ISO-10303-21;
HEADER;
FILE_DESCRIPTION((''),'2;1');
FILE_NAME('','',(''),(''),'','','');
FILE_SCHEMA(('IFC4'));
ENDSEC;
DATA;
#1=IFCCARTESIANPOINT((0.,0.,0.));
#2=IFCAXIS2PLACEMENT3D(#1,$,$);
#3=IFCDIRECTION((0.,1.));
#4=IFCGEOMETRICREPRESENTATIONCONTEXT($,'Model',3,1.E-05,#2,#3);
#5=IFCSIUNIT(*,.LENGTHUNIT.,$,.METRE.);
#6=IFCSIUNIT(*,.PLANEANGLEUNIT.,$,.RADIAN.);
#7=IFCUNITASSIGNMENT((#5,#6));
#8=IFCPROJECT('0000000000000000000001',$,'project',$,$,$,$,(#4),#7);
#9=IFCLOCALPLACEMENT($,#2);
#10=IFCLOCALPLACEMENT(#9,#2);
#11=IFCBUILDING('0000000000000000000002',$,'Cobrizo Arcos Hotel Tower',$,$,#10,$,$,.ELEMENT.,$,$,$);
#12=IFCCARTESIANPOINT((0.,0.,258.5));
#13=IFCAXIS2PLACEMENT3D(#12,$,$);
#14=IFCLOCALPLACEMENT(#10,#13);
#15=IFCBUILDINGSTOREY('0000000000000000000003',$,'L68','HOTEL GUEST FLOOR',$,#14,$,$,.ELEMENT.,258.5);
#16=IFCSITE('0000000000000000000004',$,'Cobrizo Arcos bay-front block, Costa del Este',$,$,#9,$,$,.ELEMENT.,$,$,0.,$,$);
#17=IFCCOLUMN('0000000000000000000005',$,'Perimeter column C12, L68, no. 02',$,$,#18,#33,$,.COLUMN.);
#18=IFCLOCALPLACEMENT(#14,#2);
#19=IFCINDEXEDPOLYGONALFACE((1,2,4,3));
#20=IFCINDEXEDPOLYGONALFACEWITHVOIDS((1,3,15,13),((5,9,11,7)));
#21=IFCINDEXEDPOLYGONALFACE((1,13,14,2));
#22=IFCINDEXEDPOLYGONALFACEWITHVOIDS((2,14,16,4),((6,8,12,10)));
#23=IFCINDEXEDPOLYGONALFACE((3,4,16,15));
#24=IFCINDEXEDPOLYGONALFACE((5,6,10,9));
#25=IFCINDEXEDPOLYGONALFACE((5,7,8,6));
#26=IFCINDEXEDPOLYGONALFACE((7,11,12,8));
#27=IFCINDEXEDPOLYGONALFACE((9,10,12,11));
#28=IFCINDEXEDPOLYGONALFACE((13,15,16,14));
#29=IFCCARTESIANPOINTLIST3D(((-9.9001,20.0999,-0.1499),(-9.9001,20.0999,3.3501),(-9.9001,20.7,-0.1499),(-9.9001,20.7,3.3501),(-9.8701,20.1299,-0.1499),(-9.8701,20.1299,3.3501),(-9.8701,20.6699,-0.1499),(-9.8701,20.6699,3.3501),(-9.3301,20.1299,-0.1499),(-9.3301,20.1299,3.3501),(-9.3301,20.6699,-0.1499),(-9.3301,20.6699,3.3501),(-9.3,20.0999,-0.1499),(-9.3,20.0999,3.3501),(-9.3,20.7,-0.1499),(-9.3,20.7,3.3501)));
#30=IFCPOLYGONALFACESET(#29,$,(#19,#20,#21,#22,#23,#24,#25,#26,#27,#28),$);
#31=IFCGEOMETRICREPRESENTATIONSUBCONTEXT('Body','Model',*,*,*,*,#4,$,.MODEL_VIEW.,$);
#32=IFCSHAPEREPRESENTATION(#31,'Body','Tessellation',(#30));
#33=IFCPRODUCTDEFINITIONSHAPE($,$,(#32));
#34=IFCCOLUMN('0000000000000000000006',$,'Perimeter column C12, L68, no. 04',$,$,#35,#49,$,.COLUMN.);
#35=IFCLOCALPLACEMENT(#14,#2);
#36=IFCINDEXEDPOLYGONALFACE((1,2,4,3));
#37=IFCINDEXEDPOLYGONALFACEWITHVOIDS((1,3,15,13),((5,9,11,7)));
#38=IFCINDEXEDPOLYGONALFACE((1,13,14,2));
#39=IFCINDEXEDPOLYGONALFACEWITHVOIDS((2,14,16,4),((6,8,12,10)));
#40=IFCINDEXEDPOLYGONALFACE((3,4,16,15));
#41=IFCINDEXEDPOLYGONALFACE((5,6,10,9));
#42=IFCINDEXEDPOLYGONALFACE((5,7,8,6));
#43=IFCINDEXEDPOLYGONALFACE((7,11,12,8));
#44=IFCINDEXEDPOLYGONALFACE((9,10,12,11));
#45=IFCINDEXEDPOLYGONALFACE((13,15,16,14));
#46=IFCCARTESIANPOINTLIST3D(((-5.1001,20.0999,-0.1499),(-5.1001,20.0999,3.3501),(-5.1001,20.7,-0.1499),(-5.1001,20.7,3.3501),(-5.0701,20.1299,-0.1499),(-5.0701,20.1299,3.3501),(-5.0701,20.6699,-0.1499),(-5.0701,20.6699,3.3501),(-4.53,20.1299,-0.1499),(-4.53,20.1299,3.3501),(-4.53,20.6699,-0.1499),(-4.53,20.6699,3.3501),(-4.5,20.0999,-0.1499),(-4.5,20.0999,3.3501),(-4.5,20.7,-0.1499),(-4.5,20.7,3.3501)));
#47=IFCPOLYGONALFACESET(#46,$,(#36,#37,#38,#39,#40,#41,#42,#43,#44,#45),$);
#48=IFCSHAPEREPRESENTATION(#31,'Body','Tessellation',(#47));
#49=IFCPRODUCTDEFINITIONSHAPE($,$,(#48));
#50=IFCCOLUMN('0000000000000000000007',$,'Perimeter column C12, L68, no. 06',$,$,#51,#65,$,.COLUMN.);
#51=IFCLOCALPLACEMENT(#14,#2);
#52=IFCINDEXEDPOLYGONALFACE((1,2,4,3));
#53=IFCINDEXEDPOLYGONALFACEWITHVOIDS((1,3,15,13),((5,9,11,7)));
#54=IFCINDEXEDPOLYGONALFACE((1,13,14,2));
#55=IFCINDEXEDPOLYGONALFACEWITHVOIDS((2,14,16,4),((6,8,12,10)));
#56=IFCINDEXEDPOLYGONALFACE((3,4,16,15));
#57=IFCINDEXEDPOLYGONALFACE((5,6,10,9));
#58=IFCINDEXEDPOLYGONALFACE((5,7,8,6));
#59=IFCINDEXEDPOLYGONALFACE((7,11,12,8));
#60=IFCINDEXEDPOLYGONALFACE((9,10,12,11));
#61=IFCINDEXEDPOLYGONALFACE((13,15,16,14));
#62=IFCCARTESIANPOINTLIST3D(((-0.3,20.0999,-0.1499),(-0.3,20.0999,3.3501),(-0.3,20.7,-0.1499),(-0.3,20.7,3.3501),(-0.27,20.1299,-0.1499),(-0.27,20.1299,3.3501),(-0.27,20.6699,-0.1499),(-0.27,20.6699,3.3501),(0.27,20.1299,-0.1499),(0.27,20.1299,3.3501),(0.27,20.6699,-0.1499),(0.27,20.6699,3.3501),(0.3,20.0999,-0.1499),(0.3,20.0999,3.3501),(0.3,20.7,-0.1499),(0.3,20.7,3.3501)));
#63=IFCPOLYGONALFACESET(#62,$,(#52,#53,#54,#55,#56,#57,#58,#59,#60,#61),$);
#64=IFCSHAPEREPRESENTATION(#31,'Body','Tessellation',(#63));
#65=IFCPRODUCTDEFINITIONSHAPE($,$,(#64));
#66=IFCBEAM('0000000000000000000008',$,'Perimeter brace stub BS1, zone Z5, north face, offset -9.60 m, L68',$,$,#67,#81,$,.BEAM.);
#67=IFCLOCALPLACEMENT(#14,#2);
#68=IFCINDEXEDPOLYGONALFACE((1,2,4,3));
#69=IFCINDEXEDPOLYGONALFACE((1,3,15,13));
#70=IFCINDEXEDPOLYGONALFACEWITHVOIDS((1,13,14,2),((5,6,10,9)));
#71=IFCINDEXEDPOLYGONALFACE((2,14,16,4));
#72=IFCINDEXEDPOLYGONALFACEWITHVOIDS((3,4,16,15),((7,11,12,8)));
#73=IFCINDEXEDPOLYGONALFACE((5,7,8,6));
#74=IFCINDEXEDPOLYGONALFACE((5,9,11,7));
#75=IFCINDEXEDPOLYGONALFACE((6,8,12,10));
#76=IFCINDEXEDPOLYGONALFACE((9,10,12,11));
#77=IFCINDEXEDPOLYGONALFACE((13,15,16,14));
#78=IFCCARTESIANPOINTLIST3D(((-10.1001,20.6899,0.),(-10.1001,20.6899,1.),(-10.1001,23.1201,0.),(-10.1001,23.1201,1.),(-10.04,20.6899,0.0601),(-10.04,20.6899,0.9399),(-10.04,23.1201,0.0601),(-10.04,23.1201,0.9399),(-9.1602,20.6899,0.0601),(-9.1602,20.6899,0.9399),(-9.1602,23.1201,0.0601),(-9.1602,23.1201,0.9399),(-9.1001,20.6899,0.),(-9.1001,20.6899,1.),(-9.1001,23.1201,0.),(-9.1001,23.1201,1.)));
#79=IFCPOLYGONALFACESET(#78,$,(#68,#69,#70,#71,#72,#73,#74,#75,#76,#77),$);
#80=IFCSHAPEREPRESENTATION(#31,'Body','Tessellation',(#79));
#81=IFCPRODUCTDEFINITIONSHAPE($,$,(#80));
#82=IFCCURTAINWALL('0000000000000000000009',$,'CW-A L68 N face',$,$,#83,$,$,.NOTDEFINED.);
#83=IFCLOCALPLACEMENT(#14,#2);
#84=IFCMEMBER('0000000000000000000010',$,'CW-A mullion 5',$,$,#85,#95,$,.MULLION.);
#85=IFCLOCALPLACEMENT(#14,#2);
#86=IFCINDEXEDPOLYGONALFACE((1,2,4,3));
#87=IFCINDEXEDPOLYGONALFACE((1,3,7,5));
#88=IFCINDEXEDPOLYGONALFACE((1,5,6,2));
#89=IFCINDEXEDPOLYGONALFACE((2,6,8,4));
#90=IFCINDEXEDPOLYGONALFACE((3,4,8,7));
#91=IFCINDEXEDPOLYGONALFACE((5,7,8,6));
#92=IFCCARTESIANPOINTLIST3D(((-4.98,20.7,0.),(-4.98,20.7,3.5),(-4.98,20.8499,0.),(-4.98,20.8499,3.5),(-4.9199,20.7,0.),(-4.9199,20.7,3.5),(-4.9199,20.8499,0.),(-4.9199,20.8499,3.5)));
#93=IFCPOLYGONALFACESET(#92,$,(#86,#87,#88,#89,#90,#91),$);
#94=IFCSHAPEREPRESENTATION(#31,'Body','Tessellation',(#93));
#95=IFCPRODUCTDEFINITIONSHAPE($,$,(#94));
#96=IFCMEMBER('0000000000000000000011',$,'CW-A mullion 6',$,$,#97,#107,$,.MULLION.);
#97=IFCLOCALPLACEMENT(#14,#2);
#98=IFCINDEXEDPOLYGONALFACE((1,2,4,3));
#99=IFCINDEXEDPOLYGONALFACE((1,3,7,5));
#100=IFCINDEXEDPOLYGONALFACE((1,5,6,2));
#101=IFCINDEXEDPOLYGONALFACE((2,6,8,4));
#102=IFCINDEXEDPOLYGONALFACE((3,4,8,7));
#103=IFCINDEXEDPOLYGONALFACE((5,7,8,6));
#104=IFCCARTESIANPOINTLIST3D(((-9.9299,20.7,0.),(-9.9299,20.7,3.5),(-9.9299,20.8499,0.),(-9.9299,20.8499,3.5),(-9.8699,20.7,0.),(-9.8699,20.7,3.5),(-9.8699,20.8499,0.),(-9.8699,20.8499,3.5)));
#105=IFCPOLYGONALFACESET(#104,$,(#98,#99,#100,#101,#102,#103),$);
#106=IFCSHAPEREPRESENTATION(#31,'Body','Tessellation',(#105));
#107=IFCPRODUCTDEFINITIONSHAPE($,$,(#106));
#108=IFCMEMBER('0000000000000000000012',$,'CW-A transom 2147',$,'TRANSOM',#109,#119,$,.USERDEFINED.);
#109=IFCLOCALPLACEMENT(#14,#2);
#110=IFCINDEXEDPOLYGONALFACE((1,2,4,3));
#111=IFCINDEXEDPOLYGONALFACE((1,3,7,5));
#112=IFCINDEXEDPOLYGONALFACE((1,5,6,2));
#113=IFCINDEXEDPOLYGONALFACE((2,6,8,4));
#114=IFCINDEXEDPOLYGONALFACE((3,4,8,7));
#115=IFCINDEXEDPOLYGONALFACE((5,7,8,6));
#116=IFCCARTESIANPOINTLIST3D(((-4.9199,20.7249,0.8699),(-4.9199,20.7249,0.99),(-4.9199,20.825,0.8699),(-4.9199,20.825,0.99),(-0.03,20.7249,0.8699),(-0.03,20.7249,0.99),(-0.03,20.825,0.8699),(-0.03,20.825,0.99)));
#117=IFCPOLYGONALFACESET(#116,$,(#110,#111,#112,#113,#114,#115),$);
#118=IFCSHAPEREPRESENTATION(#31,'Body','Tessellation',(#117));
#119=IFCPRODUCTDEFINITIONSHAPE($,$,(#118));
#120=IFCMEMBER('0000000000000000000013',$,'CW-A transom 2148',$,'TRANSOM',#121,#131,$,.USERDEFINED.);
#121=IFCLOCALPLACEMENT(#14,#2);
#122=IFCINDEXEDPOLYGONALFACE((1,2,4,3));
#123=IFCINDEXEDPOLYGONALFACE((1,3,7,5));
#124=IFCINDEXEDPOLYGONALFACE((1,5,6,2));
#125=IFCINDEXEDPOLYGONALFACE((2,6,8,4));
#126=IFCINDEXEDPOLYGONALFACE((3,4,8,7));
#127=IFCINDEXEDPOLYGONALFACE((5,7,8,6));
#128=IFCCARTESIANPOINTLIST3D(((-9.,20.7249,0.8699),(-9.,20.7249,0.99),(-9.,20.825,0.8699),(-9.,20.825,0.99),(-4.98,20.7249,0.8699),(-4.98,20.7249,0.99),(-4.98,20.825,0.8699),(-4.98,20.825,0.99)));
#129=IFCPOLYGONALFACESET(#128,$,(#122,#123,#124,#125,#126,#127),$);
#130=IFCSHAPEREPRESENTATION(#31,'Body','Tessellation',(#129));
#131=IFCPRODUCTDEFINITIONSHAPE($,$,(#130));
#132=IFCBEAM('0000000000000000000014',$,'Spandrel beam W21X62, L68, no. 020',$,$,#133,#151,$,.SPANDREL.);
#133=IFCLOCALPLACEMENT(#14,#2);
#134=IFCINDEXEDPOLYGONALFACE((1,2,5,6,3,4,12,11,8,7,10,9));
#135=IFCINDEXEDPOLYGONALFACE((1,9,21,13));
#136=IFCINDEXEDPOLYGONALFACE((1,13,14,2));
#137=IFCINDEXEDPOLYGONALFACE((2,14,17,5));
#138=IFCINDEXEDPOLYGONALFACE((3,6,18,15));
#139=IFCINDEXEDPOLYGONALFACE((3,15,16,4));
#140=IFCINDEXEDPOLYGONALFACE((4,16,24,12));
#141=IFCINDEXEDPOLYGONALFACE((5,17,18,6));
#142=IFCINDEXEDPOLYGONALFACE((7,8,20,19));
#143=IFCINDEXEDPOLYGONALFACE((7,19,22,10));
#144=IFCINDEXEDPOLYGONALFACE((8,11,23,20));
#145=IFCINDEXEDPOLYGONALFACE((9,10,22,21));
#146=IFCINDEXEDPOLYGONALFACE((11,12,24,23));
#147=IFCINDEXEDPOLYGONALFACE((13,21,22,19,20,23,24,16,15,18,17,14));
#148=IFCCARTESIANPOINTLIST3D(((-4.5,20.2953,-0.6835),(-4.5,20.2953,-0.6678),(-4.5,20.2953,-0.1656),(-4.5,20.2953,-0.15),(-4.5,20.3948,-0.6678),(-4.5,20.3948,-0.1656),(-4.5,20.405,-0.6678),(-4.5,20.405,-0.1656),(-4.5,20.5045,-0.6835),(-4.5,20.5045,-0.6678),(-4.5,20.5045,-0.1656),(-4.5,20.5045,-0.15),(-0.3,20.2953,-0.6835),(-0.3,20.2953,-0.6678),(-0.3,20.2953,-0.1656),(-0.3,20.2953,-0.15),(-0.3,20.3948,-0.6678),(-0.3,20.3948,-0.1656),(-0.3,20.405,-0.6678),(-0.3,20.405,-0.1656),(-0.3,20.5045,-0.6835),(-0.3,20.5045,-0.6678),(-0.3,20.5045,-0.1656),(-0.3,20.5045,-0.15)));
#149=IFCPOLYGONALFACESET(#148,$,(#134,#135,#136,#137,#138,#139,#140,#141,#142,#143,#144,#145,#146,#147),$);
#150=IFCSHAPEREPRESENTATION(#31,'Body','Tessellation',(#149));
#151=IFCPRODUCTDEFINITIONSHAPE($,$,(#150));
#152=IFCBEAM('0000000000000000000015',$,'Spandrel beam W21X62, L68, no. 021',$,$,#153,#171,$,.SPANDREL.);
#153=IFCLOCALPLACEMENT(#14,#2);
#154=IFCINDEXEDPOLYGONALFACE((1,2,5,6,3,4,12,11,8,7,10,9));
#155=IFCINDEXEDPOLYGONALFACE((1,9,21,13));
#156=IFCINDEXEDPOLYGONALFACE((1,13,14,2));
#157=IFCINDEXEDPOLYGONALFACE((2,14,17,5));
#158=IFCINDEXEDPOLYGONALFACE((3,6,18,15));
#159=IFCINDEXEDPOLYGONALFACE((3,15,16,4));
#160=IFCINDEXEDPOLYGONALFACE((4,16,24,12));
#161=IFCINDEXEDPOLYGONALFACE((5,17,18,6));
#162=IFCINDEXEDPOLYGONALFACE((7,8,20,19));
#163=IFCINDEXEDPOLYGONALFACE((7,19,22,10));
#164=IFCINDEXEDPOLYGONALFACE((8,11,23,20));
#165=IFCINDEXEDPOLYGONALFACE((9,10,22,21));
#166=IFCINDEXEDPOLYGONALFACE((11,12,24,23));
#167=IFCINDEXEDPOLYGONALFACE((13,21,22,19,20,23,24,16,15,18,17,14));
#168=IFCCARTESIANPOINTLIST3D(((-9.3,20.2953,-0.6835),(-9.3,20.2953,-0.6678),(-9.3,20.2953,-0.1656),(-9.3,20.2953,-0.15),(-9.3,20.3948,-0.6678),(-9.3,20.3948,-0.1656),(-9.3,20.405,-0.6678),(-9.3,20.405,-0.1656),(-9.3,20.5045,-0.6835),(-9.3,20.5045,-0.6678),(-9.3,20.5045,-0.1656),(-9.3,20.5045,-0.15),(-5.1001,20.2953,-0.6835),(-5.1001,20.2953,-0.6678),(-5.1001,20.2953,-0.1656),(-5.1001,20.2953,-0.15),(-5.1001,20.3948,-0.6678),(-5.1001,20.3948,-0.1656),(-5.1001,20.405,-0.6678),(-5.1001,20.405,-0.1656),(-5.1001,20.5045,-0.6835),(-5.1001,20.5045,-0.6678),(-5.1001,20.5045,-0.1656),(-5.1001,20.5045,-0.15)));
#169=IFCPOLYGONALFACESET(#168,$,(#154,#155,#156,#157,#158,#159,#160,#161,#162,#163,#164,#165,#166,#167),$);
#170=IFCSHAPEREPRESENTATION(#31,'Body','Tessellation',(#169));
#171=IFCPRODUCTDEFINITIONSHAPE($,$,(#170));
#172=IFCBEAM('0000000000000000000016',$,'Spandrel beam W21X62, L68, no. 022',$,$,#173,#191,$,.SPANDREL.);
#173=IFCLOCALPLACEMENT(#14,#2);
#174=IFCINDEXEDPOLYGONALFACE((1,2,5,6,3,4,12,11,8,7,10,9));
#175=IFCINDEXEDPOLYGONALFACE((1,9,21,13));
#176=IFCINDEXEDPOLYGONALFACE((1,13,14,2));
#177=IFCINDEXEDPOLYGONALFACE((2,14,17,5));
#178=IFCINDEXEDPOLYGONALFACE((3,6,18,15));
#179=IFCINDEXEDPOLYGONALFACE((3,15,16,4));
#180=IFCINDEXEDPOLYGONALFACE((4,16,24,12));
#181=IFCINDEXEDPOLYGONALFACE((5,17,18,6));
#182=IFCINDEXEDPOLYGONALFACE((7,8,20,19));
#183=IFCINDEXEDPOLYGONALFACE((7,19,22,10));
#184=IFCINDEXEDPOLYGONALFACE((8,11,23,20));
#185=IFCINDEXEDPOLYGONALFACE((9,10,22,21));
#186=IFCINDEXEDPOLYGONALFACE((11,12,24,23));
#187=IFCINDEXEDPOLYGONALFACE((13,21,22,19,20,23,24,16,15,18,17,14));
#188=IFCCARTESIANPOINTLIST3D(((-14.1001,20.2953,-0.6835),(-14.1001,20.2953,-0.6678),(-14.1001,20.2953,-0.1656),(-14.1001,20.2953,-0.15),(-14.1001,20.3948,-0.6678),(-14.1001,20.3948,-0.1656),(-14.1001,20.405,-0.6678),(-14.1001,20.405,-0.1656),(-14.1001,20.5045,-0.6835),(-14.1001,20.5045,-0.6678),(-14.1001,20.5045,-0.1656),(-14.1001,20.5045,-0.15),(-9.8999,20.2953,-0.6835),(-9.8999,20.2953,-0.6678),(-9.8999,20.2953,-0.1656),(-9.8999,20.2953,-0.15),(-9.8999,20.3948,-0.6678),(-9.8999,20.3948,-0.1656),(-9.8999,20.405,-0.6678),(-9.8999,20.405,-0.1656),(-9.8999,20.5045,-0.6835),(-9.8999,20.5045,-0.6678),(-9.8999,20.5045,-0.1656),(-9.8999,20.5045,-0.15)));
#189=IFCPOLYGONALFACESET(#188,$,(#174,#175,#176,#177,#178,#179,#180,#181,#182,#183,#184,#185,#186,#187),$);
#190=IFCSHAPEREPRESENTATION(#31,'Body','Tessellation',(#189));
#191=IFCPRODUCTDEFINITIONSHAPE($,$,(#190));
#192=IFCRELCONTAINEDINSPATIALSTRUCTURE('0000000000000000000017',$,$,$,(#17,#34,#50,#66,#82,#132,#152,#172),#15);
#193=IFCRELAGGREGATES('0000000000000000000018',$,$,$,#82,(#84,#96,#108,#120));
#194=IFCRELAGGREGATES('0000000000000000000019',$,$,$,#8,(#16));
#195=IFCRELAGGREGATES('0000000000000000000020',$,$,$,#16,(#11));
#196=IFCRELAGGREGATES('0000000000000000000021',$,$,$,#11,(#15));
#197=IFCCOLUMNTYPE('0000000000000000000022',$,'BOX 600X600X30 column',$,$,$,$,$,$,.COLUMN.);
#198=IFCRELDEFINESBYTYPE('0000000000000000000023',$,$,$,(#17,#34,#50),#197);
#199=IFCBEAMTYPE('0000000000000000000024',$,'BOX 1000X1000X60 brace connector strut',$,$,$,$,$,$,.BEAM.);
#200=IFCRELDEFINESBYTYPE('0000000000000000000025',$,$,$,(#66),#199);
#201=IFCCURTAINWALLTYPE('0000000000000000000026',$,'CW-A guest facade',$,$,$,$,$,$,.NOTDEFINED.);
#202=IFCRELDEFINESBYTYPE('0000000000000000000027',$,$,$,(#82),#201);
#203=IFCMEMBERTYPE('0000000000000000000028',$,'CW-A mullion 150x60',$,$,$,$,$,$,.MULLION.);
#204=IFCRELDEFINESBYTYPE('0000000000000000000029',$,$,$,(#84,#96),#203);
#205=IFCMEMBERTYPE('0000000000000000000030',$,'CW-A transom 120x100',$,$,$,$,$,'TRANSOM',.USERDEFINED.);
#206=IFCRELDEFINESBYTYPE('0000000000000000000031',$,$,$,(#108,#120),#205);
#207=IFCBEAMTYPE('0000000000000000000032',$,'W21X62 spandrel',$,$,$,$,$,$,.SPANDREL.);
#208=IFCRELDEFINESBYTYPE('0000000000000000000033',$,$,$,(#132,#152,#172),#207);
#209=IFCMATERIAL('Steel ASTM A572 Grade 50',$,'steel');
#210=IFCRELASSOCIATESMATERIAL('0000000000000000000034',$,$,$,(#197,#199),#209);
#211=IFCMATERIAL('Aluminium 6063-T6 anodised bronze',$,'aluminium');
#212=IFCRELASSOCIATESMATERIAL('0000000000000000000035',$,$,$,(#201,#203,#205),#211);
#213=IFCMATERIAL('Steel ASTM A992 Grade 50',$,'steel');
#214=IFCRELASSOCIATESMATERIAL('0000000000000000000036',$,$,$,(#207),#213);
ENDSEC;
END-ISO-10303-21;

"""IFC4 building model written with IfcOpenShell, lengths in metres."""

from ifc_helpers import new_model, si_unit, direction, frame, origin, origin_2d, place, context, subcontext, project, spatial, rectangle, hollow_rectangle, i_section, extrude, material, material_profile, profile_set, type_object, element, aggregate, save


model = new_model("IFC4")

# Units and contexts
model_context = context("Model", 3, precision=1e-05, world=origin(), true_north=direction((0.0, 1.0)))
body_context = subcontext(model_context, "Body", "Model", "MODEL_VIEW")
ifc_project = project(units=[si_unit("LENGTHUNIT", "METRE"), si_unit("PLANEANGLEUNIT", "RADIAN")], contexts=[model_context])

# Site, building, storey
site_placement = place(None, origin())
site = spatial("IfcSite", under=ifc_project, at=site_placement, Name="Cobrizo Arcos bay-front block, Costa del Este", CompositionType="ELEMENT", RefElevation=0.0)
building_placement = place(site_placement, origin())
building = spatial("IfcBuilding", under=site, at=building_placement, Name="Cobrizo Arcos Hotel Tower", CompositionType="ELEMENT")
storey_placement = place(building_placement, frame((0.0, 0.0, 258.5)))
storey = spatial("IfcBuildingStorey", under=building, at=storey_placement, Name="L68", Description="HOTEL GUEST FLOOR", CompositionType="ELEMENT", Elevation=258.5)

# Columns
ifc_material_1 = material(Name="Steel ASTM A572 Grade 50", Category="steel")
ifc_material_profile_1 = material_profile(ifc_material_1, hollow_rectangle(XDim=0.6001, YDim=0.6001, WallThickness=0.03, at=origin_2d()), Name="BOX 600X600X30")
ifc_profile_set_1 = profile_set([ifc_material_profile_1], Name="Steel ASTM A572 Grade 50")
column_type = type_object("IfcColumnType", Name="BOX 600X600X30 column", PredefinedType="COLUMN", material=ifc_profile_set_1)
for number, where, z_axis, x_axis, name in (
    (1, (-9.6001, 20.3999, -0.1499), (0.0, 0.0, 1.0), (1.0, 0.0, 0.0), "Perimeter column C12, L68, no. 02"),
    (2, (-4.8, 20.3999, -0.1499), (0.0, 0.0, 1.0), (1.0, 0.0, 0.0), "Perimeter column C12, L68, no. 04"),
    (3, (0.0, 20.3999, -0.1499), (0.0, 0.0, 1.0), (1.0, 0.0, 0.0), "Perimeter column C12, L68, no. 06"),
):
    element("IfcColumn", number, at=place(storey_placement, frame(where, z_axis=z_axis, x_axis=x_axis)), inside=storey, type_object=column_type, Name=name, PredefinedType="COLUMN", context=body_context, shape_type="SweptSolid", body=[
        extrude(hollow_rectangle(XDim=0.6001, YDim=0.6001, WallThickness=0.03, at=origin_2d()), origin(), (0.0, 0.0, 1.0), 3.5),
    ])

# Beam
ifc_material_profile_2 = material_profile(ifc_material_1, hollow_rectangle(XDim=1.0, YDim=1.0, WallThickness=0.0601, at=origin_2d()), Name="BOX 1000X1000X60")
ifc_profile_set_2 = profile_set([ifc_material_profile_2], Name="Steel ASTM A572 Grade 50")
beam_type_1 = type_object("IfcBeamType", Name="BOX 1000X1000X60 brace connector strut", PredefinedType="BEAM", material=ifc_profile_set_2)
beam_1_placement = place(storey_placement, frame((-9.6001, 20.6899, 0.5), z_axis=(0.0, 1.0, 0.0), x_axis=(-1.0, 0.0, 0.0)))
element("IfcBeam", 4, at=beam_1_placement, inside=storey, type_object=beam_type_1, Name="Perimeter brace stub BS1, zone Z5, north face, offset -9.60 m, L68", PredefinedType="BEAM", context=body_context, shape_type="SweptSolid", body=[
    extrude(hollow_rectangle(XDim=1.0, YDim=1.0, WallThickness=0.0601, at=origin_2d()), origin(), (0.0, 0.0, 1.0), 2.4302),
])

# Curtain wall, members
ifc_material_2 = material(Name="Aluminium 6063-T6 anodised bronze", Category="aluminium")
curtain_wall_type = type_object("IfcCurtainWallType", Name="CW-A guest facade", PredefinedType="NOTDEFINED", material=ifc_material_2)
curtain_wall_placement = place(storey_placement, origin())
curtain_wall = element("IfcCurtainWall", 5, at=curtain_wall_placement, inside=storey, type_object=curtain_wall_type, Name="CW-A L68 N face", PredefinedType="NOTDEFINED")
ifc_material_profile_3 = material_profile(ifc_material_2, rectangle(XDim=0.1499, YDim=0.0601, at=origin_2d()), Name="CW-A mullion 150x60")
ifc_profile_set_3 = profile_set([ifc_material_profile_3], Name="Aluminium 6063-T6 anodised bronze")
member_type_1 = type_object("IfcMemberType", Name="CW-A mullion 150x60", PredefinedType="MULLION", material=ifc_profile_set_3)
member_1_placement = place(storey_placement, frame((-4.95, 20.7749, 0.0), z_axis=(0.0, 0.0, 1.0), x_axis=(0.0, 1.0, 0.0)))
member_1 = element("IfcMember", 6, at=member_1_placement, type_object=member_type_1, Name="CW-A mullion 5", PredefinedType="MULLION", context=body_context, shape_type="SweptSolid", body=[
    extrude(rectangle(XDim=0.1499, YDim=0.0601, at=origin_2d()), origin(), (0.0, 0.0, 1.0), 3.5),
])
member_2_placement = place(storey_placement, frame((-9.8999, 20.7749, 0.0), z_axis=(0.0, 0.0, 1.0), x_axis=(0.0, 1.0, 0.0)))
member_2 = element("IfcMember", 7, at=member_2_placement, type_object=member_type_1, Name="CW-A mullion 6", PredefinedType="MULLION", context=body_context, shape_type="SweptSolid", body=[
    extrude(rectangle(XDim=0.1499, YDim=0.0601, at=origin_2d()), origin(), (0.0, 0.0, 1.0), 3.5),
])
ifc_material_profile_4 = material_profile(ifc_material_2, rectangle(XDim=0.1001, YDim=0.1201, at=origin_2d()), Name="CW-A transom 120x100")
ifc_profile_set_4 = profile_set([ifc_material_profile_4], Name="Aluminium 6063-T6 anodised bronze")
member_type_2 = type_object("IfcMemberType", Name="CW-A transom 120x100", ElementType="TRANSOM", PredefinedType="USERDEFINED", material=ifc_profile_set_4)
member_3_placement = place(storey_placement, frame((-0.03, 20.7749, 0.9299), z_axis=(-1.0, 0.0, 0.0), x_axis=(0.0, -1.0, 0.0)))
member_3 = element("IfcMember", 8, at=member_3_placement, type_object=member_type_2, Name="CW-A transom 2147", ObjectType="TRANSOM", PredefinedType="USERDEFINED", context=body_context, shape_type="SweptSolid", body=[
    extrude(rectangle(XDim=0.1001, YDim=0.1201, at=origin_2d()), origin(), (0.0, 0.0, 1.0), 4.8899),
])
member_4_placement = place(storey_placement, frame((-4.98, 20.7749, 0.9299), z_axis=(-1.0, 0.0, 0.0), x_axis=(0.0, -1.0, 0.0)))
member_4 = element("IfcMember", 9, at=member_4_placement, type_object=member_type_2, Name="CW-A transom 2148", ObjectType="TRANSOM", PredefinedType="USERDEFINED", context=body_context, shape_type="SweptSolid", body=[
    extrude(rectangle(XDim=0.1001, YDim=0.1201, at=origin_2d()), origin(), (0.0, 0.0, 1.0), 4.02),
])

# Beams
ifc_material_3 = material(Name="Steel ASTM A992 Grade 50", Category="steel")
ifc_material_profile_5 = material_profile(ifc_material_3, i_section(OverallWidth=0.2092, OverallDepth=0.5334, WebThickness=0.0103, FlangeThickness=0.0156, at=origin_2d()), Name="W21X62")
ifc_profile_set_5 = profile_set([ifc_material_profile_5], Name="Steel ASTM A992 Grade 50")
beam_type_2 = type_object("IfcBeamType", Name="W21X62 spandrel", PredefinedType="SPANDREL", material=ifc_profile_set_5)
for number, where, z_axis, x_axis, name in (
    (10, (-0.3, 20.3999, -0.4167), (-1.0, 0.0, 0.0), (0.0, -1.0, 0.0), "Spandrel beam W21X62, L68, no. 020"),
    (11, (-5.1001, 20.3999, -0.4167), (-1.0, 0.0, 0.0), (0.0, -1.0, 0.0), "Spandrel beam W21X62, L68, no. 021"),
):
    element("IfcBeam", number, at=place(storey_placement, frame(where, z_axis=z_axis, x_axis=x_axis)), inside=storey, type_object=beam_type_2, Name=name, PredefinedType="SPANDREL", context=body_context, shape_type="SweptSolid", body=[
        extrude(i_section(OverallWidth=0.2092, OverallDepth=0.5334, WebThickness=0.0103, FlangeThickness=0.0156, at=origin_2d()), origin(), (0.0, 0.0, 1.0), 4.2),
    ])
beam_2_placement = place(storey_placement, frame((-9.8999, 20.3999, -0.4167), z_axis=(-1.0, 0.0, 0.0), x_axis=(0.0, -1.0, 0.0)))
element("IfcBeam", 12, at=beam_2_placement, inside=storey, type_object=beam_type_2, Name="Spandrel beam W21X62, L68, no. 022", PredefinedType="SPANDREL", context=body_context, shape_type="SweptSolid", body=[
    extrude(i_section(OverallWidth=0.2092, OverallDepth=0.5334, WebThickness=0.0103, FlangeThickness=0.0156, at=origin_2d()), origin(), (0.0, 0.0, 1.0), 4.2002),
])

aggregate(curtain_wall, [member_1, member_2, member_3, member_4])

save(model, "model.ifc")
